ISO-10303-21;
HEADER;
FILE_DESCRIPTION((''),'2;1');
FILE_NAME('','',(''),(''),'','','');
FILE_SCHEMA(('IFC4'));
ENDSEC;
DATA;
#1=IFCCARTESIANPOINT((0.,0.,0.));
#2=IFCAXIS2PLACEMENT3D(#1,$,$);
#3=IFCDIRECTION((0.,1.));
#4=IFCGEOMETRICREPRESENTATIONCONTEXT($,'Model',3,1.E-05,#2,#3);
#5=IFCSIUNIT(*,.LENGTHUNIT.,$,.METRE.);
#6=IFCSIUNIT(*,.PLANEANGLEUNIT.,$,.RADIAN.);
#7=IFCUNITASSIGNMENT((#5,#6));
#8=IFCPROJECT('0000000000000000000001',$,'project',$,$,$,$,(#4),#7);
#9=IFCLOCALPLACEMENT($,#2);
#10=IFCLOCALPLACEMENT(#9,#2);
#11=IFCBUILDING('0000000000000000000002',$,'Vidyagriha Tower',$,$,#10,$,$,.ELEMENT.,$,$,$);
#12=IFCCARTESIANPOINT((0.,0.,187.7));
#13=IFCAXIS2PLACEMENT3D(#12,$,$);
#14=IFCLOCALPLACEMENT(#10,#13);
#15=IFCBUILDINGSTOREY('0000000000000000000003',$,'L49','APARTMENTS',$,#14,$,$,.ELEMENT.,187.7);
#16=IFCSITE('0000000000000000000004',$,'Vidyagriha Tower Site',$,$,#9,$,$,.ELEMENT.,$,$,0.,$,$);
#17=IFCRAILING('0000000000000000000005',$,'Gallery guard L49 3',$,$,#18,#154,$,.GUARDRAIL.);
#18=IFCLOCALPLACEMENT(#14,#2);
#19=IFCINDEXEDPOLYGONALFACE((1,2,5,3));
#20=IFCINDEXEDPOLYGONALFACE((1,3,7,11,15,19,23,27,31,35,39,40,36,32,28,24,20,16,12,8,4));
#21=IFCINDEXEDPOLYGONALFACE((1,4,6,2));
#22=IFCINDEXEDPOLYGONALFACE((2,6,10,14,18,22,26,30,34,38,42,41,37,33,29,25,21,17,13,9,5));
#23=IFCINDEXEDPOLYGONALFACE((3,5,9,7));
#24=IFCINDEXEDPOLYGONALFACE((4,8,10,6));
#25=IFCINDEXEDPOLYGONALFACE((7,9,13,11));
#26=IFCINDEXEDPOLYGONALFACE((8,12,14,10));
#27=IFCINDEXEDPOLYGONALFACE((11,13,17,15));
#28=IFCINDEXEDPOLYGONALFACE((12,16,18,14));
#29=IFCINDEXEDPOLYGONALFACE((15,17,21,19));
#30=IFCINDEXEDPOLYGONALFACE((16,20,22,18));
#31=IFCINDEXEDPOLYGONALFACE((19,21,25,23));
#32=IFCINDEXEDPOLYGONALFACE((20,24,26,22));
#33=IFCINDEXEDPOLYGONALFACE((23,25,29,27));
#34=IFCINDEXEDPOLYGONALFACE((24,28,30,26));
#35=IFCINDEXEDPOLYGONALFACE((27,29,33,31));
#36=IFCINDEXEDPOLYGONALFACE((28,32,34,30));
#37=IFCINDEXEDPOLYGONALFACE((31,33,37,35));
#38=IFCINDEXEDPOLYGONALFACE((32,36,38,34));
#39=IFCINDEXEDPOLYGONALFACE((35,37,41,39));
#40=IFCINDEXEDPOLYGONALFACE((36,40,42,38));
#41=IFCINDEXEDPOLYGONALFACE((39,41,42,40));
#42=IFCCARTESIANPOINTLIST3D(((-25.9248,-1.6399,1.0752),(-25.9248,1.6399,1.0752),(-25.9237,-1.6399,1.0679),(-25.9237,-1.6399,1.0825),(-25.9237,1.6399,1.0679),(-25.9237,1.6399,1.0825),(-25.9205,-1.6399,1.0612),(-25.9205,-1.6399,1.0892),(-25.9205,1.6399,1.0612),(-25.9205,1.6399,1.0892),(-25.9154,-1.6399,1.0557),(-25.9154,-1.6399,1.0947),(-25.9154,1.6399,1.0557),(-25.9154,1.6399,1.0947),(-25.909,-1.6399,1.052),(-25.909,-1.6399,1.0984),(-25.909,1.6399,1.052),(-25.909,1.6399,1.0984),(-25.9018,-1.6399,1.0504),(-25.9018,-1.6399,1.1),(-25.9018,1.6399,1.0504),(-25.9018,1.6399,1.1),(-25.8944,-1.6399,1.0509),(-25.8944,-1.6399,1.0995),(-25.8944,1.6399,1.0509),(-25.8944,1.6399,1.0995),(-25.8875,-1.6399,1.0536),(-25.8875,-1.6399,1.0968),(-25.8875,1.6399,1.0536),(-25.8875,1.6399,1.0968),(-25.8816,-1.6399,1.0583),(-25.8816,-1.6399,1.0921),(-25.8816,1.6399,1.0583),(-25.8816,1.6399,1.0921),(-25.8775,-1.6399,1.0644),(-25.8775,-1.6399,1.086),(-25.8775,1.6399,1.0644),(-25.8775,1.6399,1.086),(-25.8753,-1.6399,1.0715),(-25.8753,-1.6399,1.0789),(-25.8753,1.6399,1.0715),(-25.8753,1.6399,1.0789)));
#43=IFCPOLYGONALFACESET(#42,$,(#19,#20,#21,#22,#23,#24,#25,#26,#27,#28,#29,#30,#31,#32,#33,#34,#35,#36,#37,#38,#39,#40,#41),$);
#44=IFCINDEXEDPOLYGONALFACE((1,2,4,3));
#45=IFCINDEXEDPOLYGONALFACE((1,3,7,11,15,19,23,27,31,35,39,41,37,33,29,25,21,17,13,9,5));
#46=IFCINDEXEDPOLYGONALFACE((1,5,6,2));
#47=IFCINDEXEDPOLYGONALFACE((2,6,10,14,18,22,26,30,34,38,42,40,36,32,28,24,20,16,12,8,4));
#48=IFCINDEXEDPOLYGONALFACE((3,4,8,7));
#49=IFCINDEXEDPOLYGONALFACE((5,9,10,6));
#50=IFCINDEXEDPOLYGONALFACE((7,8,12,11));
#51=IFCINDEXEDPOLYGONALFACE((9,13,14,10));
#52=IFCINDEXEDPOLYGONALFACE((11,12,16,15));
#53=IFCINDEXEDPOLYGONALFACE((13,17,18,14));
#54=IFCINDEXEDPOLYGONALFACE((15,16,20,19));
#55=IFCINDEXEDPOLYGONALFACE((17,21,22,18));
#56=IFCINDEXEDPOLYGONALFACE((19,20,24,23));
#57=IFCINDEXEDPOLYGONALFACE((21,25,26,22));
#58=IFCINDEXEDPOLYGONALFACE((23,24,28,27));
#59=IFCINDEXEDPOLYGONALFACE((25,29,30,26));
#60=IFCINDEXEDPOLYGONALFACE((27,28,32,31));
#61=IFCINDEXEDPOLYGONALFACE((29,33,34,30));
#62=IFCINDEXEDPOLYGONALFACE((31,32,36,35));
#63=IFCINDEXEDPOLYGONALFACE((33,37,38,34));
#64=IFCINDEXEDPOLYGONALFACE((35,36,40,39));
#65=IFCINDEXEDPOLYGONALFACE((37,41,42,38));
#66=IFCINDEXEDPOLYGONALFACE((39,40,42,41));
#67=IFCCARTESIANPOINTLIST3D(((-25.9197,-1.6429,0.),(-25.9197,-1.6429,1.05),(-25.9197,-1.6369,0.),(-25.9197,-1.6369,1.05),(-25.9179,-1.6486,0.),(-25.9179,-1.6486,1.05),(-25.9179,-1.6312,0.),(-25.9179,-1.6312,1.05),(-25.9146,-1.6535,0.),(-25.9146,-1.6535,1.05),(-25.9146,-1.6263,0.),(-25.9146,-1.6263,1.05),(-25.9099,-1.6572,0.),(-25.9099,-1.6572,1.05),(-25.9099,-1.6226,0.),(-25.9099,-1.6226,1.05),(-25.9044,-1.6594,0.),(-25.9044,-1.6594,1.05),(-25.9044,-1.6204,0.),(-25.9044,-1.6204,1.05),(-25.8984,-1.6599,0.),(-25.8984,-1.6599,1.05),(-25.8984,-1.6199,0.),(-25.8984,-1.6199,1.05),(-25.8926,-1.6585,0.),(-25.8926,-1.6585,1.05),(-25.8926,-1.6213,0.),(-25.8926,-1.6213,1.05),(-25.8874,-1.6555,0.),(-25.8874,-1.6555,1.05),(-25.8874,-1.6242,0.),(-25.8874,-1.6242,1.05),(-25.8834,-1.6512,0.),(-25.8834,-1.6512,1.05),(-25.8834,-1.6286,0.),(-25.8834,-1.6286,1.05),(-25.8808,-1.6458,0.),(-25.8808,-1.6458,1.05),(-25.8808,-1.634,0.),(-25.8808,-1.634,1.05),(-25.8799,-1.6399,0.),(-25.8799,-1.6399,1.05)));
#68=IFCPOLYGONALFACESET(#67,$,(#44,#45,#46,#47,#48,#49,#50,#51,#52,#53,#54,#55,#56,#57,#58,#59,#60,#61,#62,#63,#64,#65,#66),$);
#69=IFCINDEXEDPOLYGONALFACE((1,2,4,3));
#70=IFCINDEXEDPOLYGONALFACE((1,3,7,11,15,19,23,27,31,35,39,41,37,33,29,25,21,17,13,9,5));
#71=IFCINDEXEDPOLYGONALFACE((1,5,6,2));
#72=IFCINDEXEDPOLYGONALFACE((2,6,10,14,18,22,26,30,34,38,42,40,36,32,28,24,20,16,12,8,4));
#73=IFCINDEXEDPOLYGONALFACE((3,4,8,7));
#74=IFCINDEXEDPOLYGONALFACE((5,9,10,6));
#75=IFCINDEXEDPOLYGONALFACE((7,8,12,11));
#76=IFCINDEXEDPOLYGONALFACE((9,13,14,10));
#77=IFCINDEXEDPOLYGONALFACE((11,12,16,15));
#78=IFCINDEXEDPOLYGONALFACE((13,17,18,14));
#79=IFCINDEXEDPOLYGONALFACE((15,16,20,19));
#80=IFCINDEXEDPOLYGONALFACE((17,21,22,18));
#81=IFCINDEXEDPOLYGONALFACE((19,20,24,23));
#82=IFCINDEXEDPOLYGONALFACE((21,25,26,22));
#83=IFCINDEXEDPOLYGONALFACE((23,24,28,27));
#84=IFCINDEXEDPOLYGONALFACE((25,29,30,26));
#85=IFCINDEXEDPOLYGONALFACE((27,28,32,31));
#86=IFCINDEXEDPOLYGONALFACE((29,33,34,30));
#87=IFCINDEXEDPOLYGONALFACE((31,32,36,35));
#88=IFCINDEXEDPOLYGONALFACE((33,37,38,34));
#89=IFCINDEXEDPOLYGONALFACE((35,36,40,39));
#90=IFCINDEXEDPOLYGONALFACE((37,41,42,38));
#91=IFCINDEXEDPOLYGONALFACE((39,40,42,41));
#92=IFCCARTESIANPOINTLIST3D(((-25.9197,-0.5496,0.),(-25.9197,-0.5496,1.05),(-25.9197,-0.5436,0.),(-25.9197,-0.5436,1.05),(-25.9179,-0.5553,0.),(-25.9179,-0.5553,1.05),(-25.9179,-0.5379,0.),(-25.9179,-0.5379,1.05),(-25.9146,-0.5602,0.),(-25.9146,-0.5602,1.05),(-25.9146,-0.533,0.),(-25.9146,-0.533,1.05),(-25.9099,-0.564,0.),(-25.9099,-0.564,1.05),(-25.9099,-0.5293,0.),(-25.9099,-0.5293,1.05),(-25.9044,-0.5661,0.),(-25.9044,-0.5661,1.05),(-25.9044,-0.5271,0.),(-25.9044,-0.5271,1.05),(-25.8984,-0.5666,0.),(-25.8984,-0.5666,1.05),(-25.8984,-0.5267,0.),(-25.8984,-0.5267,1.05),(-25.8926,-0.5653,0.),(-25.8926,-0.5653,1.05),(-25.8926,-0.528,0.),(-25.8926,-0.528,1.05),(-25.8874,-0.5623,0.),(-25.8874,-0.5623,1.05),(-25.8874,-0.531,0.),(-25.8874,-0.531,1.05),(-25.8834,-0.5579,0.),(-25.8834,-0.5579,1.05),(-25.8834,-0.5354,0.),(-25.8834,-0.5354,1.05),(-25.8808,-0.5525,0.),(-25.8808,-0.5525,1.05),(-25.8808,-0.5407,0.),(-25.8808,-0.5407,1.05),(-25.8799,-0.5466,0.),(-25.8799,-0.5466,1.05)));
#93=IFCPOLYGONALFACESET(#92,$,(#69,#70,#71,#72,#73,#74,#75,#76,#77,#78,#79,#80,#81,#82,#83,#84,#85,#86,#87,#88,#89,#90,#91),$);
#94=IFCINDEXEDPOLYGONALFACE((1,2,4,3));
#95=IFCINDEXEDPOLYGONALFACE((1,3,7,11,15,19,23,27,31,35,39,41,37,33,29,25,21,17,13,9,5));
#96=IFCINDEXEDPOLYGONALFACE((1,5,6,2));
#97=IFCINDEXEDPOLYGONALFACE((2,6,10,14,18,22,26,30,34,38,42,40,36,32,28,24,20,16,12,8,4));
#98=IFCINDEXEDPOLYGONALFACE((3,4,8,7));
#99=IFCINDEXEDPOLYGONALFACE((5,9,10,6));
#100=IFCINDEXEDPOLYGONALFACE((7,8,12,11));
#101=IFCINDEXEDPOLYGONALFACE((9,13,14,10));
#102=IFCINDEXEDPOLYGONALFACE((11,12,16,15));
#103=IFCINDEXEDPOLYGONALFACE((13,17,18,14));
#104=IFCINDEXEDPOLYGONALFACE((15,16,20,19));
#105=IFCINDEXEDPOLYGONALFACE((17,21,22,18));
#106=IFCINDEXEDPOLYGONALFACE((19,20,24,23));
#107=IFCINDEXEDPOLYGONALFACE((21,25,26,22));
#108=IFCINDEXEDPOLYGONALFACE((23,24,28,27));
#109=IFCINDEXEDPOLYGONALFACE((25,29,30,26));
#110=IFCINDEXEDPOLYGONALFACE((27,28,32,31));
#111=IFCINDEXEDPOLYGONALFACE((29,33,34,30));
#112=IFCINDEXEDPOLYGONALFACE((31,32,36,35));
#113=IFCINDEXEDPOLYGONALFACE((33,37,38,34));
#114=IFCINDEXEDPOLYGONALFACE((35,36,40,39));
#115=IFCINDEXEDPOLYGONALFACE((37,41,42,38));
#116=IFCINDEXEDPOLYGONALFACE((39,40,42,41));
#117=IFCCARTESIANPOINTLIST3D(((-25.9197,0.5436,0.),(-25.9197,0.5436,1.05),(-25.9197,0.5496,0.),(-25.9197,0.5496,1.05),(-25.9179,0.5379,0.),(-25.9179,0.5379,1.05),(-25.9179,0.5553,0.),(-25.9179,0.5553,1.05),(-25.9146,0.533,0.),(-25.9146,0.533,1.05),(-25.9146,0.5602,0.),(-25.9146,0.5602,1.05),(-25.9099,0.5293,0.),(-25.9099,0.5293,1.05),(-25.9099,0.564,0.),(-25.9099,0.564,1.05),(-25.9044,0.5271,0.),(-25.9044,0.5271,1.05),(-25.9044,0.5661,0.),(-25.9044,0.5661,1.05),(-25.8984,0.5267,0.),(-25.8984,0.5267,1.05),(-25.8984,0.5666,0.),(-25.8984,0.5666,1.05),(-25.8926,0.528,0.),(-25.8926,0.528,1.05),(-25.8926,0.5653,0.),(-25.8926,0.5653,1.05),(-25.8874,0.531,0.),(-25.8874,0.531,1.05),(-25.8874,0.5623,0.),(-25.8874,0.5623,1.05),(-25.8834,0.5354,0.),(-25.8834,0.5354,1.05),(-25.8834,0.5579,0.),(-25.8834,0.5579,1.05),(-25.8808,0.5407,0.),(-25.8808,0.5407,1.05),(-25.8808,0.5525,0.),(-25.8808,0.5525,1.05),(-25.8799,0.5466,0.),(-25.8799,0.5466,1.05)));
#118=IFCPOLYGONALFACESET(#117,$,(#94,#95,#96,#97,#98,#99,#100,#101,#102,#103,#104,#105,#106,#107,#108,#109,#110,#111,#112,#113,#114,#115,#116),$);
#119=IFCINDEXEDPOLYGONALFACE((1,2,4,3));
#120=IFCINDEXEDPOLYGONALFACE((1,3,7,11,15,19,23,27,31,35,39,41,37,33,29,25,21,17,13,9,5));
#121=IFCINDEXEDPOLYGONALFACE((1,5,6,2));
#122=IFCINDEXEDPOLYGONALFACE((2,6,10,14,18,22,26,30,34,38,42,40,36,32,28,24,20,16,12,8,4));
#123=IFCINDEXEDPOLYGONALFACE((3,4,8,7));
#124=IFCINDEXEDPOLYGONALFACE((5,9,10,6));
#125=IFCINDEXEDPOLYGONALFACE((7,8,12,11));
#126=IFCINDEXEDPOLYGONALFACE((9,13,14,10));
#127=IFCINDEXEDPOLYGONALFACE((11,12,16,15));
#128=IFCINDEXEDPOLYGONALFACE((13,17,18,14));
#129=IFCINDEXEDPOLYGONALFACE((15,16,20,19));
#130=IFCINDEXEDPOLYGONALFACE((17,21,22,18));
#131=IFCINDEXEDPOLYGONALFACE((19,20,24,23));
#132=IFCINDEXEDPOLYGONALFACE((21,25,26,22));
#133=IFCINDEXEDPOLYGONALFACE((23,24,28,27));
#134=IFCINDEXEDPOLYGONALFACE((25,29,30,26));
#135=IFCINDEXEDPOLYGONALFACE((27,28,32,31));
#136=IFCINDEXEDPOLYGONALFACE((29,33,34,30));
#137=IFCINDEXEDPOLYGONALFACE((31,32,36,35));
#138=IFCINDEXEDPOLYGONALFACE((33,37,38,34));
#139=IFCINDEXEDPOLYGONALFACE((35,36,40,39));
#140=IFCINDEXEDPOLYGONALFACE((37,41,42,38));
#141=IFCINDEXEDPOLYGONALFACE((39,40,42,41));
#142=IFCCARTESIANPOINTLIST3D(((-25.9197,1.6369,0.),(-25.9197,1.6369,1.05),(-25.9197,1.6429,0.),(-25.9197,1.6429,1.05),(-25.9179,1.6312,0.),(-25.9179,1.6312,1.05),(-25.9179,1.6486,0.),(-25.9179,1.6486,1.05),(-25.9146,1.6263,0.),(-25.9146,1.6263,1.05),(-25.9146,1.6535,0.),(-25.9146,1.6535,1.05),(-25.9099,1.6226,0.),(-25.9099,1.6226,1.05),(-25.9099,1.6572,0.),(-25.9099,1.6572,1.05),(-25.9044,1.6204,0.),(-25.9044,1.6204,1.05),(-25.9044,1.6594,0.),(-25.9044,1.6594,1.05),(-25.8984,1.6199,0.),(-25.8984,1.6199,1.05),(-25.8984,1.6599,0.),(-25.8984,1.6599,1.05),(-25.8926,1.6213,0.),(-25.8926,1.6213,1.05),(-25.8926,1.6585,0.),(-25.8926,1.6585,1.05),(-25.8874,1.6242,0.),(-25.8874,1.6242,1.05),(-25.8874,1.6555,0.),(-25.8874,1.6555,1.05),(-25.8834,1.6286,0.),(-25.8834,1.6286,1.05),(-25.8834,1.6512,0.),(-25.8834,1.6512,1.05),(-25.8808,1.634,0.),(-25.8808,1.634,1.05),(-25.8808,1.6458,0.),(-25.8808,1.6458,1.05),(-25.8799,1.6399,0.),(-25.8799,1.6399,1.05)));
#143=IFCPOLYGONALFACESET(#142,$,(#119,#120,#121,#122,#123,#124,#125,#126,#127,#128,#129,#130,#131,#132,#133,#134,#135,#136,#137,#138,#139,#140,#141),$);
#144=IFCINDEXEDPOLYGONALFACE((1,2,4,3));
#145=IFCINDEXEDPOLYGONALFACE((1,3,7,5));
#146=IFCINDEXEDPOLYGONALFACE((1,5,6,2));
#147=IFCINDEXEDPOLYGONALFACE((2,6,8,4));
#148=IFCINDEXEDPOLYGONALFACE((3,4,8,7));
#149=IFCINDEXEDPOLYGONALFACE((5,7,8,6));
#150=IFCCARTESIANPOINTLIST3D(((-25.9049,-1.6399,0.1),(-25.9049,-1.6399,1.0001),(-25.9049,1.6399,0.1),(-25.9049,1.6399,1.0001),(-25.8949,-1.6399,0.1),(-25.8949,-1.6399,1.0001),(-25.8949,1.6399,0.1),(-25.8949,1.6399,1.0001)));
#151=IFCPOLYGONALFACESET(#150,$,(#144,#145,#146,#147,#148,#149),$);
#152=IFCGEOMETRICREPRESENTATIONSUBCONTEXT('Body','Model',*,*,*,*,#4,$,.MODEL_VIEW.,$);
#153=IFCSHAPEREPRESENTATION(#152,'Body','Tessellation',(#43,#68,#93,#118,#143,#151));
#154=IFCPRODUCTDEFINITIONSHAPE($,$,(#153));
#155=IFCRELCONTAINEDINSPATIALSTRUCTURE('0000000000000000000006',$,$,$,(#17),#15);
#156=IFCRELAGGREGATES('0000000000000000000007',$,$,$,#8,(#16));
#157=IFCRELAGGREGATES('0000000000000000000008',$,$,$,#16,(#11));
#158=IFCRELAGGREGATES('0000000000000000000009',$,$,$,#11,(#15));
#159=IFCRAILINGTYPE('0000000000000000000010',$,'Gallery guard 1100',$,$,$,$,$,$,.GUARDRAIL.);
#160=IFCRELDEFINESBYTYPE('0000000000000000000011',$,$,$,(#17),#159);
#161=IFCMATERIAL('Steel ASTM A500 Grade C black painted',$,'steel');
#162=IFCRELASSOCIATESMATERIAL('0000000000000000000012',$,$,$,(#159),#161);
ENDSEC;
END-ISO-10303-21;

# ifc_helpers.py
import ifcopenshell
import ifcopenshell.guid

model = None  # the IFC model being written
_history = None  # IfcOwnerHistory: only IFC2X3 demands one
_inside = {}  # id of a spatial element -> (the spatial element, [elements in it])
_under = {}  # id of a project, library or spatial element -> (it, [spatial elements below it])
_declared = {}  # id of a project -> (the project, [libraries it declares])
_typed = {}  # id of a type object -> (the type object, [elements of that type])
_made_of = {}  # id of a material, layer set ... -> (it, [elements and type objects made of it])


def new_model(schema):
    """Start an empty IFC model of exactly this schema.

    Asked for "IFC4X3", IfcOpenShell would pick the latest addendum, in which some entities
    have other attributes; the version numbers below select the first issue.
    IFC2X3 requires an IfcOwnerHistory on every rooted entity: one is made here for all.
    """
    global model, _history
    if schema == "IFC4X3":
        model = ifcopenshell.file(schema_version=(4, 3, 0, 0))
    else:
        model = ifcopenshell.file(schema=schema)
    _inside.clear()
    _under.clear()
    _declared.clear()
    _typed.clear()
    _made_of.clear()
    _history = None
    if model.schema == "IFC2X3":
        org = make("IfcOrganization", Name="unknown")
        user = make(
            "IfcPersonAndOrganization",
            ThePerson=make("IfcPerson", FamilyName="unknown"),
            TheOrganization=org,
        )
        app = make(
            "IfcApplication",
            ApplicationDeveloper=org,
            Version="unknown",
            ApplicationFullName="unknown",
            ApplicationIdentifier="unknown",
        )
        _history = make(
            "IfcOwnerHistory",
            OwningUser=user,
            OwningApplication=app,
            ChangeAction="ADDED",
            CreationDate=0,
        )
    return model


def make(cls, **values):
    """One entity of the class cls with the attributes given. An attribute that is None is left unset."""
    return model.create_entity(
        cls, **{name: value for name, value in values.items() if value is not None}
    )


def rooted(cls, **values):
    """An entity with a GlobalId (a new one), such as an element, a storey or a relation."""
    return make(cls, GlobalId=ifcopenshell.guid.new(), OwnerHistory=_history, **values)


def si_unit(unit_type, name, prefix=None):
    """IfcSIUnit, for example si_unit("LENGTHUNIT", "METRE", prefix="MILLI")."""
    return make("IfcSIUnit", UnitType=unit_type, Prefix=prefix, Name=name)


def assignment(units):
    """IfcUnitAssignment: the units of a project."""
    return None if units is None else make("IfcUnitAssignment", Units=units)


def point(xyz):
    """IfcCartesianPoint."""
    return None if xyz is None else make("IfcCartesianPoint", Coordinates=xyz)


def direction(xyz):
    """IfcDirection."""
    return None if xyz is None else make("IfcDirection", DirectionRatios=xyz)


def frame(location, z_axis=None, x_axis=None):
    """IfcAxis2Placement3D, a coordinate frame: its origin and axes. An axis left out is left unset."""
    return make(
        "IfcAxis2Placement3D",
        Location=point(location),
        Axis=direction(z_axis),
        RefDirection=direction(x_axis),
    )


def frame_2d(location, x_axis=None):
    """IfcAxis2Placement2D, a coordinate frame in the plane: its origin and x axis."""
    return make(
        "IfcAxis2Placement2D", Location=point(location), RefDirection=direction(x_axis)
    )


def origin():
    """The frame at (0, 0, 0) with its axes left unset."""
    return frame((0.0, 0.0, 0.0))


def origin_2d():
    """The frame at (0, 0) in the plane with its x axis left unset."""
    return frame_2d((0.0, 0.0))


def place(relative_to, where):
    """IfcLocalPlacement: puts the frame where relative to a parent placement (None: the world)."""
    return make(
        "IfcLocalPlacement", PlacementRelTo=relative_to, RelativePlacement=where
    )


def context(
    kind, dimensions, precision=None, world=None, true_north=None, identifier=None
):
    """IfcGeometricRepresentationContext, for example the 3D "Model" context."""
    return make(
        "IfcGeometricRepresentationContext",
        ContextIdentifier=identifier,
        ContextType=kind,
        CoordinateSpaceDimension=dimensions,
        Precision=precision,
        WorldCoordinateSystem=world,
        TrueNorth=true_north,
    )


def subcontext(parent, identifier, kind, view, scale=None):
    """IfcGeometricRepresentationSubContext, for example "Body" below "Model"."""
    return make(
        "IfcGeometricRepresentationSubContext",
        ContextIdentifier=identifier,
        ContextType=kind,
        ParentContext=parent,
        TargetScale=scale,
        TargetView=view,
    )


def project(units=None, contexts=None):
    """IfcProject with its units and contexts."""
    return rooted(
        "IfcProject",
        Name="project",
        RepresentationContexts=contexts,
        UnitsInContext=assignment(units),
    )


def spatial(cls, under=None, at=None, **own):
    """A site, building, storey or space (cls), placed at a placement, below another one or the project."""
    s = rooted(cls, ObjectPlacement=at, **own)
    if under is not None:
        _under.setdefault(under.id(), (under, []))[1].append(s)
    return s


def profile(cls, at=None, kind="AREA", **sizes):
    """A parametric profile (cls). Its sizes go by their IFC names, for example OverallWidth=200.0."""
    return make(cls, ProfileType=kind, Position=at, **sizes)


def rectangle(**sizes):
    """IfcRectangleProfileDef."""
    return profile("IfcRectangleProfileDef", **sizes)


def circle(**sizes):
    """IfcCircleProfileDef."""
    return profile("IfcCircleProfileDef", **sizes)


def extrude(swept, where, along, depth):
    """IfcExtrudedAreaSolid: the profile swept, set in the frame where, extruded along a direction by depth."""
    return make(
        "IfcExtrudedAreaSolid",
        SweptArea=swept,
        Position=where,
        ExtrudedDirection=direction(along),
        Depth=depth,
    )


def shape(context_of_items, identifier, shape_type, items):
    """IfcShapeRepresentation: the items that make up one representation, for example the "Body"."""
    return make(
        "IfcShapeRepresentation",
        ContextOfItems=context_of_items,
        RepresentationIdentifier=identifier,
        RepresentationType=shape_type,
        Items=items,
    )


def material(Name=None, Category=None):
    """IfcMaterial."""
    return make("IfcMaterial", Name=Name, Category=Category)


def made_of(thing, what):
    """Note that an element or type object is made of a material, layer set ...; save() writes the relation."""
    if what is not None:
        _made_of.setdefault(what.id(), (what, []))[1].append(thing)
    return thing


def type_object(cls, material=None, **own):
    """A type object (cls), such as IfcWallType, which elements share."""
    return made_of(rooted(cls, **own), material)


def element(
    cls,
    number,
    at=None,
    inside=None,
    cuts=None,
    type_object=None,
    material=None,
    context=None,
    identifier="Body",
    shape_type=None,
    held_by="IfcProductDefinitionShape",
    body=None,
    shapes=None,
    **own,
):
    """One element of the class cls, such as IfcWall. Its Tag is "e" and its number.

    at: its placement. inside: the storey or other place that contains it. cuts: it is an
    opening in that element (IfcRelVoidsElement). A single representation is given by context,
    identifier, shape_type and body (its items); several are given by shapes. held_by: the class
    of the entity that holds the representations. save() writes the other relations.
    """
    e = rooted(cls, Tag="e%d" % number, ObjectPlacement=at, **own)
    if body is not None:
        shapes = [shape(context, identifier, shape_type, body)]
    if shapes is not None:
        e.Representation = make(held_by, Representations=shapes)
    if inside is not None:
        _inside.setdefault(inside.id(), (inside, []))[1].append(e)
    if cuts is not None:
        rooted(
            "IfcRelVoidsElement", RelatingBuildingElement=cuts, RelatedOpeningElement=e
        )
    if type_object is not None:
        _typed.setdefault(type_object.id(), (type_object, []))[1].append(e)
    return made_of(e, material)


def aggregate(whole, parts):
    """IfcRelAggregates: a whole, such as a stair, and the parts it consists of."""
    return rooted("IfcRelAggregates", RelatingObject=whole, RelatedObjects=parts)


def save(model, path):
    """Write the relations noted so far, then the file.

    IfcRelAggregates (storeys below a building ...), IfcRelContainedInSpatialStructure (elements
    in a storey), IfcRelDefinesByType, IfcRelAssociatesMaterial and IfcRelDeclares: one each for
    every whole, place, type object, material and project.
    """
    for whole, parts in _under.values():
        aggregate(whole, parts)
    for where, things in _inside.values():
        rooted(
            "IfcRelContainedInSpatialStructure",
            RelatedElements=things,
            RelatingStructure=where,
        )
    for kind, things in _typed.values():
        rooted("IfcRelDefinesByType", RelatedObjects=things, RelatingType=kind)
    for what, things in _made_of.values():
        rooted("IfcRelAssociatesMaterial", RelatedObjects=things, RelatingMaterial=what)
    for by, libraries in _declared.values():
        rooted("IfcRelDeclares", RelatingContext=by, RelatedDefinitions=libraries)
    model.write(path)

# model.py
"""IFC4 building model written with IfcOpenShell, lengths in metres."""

from ifc_helpers import new_model, si_unit, direction, frame, origin, origin_2d, place, context, subcontext, project, spatial, rectangle, circle, extrude, material, type_object, element, save


model = new_model("IFC4")

# Units and contexts
model_context = context("Model", 3, precision=1e-05, world=origin(), true_north=direction((0.0, 1.0)))
body_context = subcontext(model_context, "Body", "Model", "MODEL_VIEW")
ifc_project = project(units=[si_unit("LENGTHUNIT", "METRE"), si_unit("PLANEANGLEUNIT", "RADIAN")], contexts=[model_context])

# Site, building, storey
site_placement = place(None, origin())
site = spatial("IfcSite", under=ifc_project, at=site_placement, Name="Vidyagriha Tower Site", CompositionType="ELEMENT", RefElevation=0.0)
building_placement = place(site_placement, origin())
building = spatial("IfcBuilding", under=site, at=building_placement, Name="Vidyagriha Tower", CompositionType="ELEMENT")
storey_placement = place(building_placement, frame((0.0, 0.0, 187.7)))
storey = spatial("IfcBuildingStorey", under=building, at=storey_placement, Name="L49", Description="APARTMENTS", CompositionType="ELEMENT", Elevation=187.7)

# Railing
ifc_material_1 = material(Name="Steel ASTM A500 Grade C black painted", Category="steel")
railing_type_1 = type_object("IfcRailingType", Name="Gallery guard 1100", PredefinedType="GUARDRAIL", material=ifc_material_1)
railing_1_placement = place(storey_placement, frame((-25.8999, -1.6399, 0.0)))
element("IfcRailing", 1, at=railing_1_placement, inside=storey, type_object=railing_type_1, Name="Gallery guard L49 3", PredefinedType="GUARDRAIL", context=body_context, shape_type="SweptSolid", body=[
    extrude(circle(Radius=0.0249, at=origin_2d()), frame((0.0, 0.0, 1.0752), z_axis=(0.0, 1.0, 0.0), x_axis=(-1.0, 0.0, 0.0)), (0.0, 0.0, 1.0), 3.2798),
    extrude(circle(Radius=0.02, at=origin_2d()), origin(), (0.0, 0.0, 1.0), 1.05),
    extrude(circle(Radius=0.02, at=origin_2d()), frame((0.0, 1.0933, 0.0)), (0.0, 0.0, 1.0), 1.05),
    extrude(circle(Radius=0.02, at=origin_2d()), frame((0.0, 2.1865, 0.0)), (0.0, 0.0, 1.0), 1.05),
    extrude(circle(Radius=0.02, at=origin_2d()), frame((0.0, 3.2798, 0.0)), (0.0, 0.0, 1.0), 1.05),
    extrude(rectangle(XDim=0.01, YDim=0.9001, at=origin_2d()), frame((0.0, 0.0, 0.55), z_axis=(0.0, 1.0, 0.0), x_axis=(-1.0, 0.0, 0.0)), (0.0, 0.0, 1.0), 3.2798),
])

save(model, "model.ifc")
